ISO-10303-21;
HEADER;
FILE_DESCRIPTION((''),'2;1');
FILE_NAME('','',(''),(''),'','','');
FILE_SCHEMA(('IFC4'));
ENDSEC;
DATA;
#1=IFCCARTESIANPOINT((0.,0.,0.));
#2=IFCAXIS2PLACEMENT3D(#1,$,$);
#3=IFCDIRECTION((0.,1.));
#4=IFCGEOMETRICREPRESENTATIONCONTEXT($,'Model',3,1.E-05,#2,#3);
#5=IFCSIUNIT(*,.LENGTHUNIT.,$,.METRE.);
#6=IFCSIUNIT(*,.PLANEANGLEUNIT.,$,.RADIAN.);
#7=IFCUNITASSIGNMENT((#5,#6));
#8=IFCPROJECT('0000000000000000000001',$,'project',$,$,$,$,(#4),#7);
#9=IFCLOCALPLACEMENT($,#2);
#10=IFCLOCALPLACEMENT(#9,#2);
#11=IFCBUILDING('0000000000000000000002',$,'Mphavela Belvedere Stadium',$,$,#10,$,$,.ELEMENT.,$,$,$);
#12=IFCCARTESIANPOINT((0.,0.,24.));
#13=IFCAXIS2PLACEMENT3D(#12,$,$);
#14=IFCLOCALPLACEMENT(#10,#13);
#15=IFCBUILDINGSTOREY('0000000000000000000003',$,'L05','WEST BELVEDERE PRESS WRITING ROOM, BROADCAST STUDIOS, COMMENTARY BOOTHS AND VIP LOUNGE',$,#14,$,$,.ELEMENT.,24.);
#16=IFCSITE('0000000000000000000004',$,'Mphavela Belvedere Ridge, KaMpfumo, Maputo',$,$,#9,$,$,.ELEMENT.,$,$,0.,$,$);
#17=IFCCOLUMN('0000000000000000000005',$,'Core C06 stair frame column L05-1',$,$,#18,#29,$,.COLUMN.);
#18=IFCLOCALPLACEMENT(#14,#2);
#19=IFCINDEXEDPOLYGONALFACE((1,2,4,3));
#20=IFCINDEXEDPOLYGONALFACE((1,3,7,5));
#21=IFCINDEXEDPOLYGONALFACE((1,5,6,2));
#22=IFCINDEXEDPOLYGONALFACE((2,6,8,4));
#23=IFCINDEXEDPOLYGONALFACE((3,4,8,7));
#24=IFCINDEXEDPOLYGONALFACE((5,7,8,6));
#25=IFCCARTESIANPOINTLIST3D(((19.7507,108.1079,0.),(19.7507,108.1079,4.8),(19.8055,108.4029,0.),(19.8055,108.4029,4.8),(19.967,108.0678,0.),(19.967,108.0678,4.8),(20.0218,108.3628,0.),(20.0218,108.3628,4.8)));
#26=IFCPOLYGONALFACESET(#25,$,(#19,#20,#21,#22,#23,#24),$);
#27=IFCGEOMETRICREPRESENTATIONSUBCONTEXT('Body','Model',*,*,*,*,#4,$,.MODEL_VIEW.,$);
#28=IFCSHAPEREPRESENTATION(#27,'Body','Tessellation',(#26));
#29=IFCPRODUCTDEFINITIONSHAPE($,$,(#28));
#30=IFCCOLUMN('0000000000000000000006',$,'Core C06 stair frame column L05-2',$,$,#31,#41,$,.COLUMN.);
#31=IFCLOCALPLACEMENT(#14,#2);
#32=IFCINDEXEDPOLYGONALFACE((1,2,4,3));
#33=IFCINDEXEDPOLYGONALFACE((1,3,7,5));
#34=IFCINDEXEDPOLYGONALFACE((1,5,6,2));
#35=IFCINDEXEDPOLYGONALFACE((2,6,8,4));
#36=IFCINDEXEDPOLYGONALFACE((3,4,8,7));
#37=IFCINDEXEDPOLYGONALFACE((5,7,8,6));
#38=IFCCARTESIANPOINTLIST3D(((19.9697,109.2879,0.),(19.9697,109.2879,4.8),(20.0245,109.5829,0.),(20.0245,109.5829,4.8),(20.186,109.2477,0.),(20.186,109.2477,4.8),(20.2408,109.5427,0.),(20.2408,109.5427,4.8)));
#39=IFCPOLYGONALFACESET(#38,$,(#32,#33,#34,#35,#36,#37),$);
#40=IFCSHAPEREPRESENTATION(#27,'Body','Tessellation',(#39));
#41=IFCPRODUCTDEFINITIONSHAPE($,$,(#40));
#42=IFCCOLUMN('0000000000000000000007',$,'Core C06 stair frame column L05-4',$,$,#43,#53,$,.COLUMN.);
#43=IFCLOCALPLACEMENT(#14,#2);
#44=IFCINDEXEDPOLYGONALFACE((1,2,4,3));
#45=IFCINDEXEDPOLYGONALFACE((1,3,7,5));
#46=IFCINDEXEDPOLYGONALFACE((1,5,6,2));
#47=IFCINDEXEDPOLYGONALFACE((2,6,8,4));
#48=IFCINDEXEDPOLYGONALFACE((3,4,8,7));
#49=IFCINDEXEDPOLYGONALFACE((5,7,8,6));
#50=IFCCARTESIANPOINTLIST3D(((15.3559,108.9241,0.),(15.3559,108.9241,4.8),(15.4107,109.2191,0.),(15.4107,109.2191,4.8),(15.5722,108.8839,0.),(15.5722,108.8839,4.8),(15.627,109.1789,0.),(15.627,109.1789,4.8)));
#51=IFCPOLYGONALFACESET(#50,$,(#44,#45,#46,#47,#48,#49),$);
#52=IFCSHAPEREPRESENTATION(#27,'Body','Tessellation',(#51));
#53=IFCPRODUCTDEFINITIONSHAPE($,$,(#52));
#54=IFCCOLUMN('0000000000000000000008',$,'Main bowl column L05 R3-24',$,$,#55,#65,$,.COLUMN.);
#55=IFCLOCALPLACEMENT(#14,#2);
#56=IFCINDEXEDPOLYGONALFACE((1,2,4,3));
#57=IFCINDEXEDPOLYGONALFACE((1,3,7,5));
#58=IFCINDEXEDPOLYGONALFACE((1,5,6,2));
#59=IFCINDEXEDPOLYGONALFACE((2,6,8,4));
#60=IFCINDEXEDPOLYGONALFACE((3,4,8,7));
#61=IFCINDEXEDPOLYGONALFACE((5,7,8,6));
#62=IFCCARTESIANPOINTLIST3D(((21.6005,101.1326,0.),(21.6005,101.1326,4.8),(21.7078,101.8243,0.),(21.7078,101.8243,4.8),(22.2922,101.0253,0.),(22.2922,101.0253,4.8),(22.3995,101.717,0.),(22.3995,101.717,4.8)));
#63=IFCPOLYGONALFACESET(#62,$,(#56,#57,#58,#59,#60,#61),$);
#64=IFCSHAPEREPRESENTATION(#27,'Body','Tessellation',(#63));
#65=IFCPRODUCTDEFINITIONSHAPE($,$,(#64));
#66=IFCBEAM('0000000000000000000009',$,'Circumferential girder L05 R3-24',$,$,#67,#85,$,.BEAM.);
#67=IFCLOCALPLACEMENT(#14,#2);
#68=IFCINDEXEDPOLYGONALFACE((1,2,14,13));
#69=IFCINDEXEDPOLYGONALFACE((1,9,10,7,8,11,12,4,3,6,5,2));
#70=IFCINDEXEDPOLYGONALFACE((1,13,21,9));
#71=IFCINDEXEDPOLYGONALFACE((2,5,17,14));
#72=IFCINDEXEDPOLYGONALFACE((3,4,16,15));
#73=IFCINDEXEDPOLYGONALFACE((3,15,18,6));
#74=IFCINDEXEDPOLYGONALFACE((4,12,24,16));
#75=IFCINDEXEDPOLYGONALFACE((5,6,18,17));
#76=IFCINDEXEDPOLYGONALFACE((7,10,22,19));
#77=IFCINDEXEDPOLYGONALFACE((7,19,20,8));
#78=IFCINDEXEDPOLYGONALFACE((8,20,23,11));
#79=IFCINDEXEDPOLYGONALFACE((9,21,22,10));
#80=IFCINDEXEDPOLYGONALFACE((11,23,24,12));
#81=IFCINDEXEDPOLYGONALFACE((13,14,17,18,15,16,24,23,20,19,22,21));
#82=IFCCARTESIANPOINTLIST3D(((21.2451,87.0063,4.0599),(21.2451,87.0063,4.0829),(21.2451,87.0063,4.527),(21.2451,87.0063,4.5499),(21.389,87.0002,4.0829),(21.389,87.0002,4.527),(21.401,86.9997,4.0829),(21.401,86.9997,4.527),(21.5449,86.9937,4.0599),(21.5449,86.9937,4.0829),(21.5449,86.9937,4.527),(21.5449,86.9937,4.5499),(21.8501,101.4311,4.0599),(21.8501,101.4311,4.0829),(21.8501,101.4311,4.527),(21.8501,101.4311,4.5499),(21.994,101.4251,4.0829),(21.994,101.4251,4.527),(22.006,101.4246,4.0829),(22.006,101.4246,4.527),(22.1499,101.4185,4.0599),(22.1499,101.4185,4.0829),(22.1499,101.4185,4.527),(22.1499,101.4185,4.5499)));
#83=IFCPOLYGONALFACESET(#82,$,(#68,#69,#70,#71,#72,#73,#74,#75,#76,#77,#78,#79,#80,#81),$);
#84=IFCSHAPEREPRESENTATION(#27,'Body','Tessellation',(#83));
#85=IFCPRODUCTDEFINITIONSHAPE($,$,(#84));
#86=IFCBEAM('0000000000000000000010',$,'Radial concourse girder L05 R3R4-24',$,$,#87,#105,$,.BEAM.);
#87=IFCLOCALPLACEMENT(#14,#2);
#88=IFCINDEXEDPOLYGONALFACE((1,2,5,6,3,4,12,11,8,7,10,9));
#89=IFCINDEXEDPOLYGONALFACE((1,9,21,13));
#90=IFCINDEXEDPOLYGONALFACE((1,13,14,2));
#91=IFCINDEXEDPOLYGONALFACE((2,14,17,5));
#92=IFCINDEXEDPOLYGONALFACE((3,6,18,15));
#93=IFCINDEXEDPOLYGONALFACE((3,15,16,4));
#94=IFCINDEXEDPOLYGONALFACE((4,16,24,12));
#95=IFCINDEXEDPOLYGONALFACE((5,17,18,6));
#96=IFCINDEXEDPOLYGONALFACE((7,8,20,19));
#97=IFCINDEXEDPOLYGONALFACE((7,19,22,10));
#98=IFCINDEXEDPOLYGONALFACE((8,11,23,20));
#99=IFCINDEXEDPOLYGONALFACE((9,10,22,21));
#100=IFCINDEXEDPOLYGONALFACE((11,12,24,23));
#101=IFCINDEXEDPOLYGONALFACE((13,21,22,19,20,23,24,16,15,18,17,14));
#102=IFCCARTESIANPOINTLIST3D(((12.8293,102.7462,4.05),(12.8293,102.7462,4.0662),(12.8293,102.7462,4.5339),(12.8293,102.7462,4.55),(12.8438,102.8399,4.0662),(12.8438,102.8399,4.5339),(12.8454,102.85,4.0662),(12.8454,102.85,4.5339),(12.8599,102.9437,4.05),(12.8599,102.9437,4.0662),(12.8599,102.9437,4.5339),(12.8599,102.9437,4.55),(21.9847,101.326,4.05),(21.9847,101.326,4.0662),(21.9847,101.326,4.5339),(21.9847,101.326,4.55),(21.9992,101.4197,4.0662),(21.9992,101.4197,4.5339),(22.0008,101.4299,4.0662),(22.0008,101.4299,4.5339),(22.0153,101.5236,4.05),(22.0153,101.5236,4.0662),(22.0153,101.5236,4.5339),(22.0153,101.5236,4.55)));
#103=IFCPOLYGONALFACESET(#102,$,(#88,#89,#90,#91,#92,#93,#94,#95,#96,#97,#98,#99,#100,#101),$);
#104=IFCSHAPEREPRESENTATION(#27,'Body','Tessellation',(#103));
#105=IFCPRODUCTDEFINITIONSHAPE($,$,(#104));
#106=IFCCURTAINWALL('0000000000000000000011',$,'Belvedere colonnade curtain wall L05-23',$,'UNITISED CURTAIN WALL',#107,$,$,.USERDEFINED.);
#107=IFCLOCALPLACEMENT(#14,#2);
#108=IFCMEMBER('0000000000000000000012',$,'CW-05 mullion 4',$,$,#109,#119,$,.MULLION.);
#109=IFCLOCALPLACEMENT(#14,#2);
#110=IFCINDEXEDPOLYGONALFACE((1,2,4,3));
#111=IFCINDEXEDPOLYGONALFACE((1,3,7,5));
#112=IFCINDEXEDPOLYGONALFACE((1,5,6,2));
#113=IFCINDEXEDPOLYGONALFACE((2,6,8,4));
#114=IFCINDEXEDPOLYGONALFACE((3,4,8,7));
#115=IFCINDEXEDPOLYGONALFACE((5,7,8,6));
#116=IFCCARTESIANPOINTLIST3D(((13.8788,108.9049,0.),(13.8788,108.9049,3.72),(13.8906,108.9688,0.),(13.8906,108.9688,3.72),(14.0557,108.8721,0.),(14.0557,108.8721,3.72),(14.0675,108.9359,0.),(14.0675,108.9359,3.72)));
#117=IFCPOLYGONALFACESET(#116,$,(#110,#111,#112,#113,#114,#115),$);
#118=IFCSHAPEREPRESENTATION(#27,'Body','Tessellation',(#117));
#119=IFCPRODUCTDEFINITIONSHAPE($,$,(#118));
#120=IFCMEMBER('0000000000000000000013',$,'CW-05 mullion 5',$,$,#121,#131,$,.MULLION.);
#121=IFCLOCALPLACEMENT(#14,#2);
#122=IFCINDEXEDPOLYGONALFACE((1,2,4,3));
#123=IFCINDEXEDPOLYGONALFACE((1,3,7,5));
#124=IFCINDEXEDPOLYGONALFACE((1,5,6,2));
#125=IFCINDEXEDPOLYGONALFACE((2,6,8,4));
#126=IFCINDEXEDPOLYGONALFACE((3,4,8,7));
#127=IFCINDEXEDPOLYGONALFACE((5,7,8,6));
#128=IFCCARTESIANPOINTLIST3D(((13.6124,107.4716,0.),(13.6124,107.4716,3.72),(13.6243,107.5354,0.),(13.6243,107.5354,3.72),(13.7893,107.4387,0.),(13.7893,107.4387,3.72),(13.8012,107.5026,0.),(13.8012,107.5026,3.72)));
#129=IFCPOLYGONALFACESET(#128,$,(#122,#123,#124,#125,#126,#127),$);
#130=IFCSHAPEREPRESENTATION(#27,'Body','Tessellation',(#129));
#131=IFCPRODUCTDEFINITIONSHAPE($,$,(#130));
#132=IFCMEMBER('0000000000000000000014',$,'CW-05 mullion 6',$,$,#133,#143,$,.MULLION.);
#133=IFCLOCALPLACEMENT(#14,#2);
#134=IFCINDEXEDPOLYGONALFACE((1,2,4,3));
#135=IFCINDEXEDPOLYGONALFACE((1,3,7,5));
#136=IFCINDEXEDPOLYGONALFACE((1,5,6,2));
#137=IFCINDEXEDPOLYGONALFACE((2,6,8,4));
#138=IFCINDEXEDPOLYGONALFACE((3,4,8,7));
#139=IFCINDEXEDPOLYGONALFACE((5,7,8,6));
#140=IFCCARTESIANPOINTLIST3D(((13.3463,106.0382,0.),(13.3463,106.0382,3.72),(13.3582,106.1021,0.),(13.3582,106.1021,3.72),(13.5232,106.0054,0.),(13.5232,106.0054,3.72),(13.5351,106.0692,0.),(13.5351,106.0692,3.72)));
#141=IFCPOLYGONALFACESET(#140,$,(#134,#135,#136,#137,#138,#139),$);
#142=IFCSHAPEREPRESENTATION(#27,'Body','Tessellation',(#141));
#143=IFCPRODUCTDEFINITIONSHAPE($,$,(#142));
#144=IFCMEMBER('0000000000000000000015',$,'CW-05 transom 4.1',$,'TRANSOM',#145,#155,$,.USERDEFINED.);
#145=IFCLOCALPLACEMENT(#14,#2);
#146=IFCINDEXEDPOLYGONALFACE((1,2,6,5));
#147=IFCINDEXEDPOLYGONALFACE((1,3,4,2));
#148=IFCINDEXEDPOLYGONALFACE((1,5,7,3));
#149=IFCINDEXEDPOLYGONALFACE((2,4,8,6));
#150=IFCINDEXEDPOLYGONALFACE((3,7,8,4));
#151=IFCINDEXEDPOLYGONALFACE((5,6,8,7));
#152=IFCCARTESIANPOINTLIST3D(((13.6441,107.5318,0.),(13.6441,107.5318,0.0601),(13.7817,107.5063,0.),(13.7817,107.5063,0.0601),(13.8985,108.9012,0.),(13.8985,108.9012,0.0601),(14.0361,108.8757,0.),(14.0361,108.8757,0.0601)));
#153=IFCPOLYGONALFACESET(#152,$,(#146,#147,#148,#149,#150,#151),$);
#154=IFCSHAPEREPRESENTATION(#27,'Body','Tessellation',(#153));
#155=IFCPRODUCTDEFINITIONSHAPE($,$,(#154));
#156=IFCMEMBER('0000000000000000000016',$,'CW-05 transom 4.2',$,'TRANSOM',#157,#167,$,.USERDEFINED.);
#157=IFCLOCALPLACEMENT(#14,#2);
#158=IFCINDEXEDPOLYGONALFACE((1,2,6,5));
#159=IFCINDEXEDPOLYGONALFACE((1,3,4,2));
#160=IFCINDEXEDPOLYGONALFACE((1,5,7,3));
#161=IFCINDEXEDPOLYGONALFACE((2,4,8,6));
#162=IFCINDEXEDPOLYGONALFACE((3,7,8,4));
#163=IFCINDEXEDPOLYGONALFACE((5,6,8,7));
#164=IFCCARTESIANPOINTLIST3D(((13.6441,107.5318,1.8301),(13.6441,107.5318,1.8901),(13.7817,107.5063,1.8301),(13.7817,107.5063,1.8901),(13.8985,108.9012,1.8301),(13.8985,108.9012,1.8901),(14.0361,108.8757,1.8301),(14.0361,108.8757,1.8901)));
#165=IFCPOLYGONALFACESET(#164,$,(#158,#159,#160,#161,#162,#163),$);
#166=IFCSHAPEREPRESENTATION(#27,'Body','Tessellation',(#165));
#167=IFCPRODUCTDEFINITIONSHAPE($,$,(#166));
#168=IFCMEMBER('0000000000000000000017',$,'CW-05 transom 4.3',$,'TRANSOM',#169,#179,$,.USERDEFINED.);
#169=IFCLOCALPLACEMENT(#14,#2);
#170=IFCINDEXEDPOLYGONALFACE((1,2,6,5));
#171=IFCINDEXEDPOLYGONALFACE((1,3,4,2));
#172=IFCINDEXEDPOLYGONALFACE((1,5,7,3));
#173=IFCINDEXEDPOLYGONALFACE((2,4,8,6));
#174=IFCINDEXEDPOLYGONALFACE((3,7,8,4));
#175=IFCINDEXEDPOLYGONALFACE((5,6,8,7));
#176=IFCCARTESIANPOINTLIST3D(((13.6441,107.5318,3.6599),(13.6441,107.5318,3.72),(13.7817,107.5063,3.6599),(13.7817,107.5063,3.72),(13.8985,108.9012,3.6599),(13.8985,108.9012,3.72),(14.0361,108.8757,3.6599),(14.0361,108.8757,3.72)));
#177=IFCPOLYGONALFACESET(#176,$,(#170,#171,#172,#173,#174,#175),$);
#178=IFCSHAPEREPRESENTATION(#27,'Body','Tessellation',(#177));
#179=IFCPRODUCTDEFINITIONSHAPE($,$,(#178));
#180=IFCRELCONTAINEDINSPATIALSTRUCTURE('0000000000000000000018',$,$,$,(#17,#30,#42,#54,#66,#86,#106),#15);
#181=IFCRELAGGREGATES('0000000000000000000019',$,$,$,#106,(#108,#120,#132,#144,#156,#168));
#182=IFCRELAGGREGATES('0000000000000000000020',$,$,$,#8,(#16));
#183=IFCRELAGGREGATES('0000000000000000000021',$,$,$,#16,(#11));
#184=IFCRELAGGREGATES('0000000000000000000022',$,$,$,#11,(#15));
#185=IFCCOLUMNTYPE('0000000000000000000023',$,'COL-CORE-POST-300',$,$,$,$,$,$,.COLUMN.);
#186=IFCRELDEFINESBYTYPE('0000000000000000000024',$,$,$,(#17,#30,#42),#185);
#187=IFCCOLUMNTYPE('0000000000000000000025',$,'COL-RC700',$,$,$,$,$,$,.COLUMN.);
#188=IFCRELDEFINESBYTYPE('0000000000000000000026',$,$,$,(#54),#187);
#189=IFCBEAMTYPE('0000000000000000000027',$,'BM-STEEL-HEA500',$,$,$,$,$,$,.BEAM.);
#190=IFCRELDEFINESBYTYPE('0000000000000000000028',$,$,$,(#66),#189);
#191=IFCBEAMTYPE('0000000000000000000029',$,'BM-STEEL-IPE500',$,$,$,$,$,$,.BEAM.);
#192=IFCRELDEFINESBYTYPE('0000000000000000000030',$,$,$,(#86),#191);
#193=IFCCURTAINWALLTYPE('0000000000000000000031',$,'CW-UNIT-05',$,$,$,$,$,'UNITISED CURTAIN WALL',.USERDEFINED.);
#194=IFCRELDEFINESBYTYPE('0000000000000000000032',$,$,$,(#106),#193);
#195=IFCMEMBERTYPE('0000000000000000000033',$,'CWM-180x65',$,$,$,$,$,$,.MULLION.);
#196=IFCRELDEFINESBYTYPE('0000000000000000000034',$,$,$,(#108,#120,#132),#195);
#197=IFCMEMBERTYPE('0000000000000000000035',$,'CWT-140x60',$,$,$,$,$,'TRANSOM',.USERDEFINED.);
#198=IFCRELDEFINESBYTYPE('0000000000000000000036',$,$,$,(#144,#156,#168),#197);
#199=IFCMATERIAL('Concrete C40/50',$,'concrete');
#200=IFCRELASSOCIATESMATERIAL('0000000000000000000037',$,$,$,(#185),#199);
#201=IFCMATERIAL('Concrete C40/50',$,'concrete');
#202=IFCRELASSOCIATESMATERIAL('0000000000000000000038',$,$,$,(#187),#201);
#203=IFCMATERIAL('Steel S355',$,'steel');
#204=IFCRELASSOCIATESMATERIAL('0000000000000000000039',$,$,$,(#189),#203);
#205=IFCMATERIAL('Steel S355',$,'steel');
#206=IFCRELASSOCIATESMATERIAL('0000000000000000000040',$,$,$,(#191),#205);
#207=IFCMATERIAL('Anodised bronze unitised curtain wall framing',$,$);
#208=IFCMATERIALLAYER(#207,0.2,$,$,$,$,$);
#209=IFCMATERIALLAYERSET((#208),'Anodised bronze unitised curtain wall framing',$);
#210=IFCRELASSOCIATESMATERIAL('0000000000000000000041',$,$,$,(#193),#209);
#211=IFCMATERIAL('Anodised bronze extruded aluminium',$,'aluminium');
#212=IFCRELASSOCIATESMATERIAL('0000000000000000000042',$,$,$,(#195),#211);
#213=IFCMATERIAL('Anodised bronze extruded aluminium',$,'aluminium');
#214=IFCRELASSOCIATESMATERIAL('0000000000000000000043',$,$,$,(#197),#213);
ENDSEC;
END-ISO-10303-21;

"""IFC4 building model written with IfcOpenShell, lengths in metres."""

from ifc_helpers import new_model, si_unit, direction, frame, origin, origin_2d, place, context, subcontext, project, spatial, rectangle, i_section, extrude, material, layer, layer_set, material_profile, profile_set, type_object, element, aggregate, save


model = new_model("IFC4")

# Units and contexts
model_context = context("Model", 3, precision=1e-05, world=origin(), true_north=direction((0.0, 1.0)))
body_context = subcontext(model_context, "Body", "Model", "MODEL_VIEW")
ifc_project = project(units=[si_unit("LENGTHUNIT", "METRE"), si_unit("PLANEANGLEUNIT", "RADIAN")], contexts=[model_context])

# Site, building, storey
site_placement = place(None, origin())
site = spatial("IfcSite", under=ifc_project, at=site_placement, Name="Mphavela Belvedere Ridge, KaMpfumo, Maputo", CompositionType="ELEMENT", RefElevation=0.0)
building_placement = place(site_placement, origin())
building = spatial("IfcBuilding", under=site, at=building_placement, Name="Mphavela Belvedere Stadium", CompositionType="ELEMENT")
storey_placement = place(building_placement, frame((0.0, 0.0, 24.0)))
storey = spatial("IfcBuildingStorey", under=building, at=storey_placement, Name="L05", Description="WEST BELVEDERE PRESS WRITING ROOM, BROADCAST STUDIOS, COMMENTARY BOOTHS AND VIP LOUNGE", CompositionType="ELEMENT", Elevation=24.0)

# Columns
ifc_material_1 = material(Name="Concrete C40/50", Category="concrete")
ifc_material_profile_1 = material_profile(ifc_material_1, rectangle(XDim=0.3, YDim=0.22, at=origin_2d()), Name="RC 300x220")
ifc_profile_set_1 = profile_set([ifc_material_profile_1], Name="Concrete C40/50")
column_type_1 = type_object("IfcColumnType", Name="COL-CORE-POST-300", PredefinedType="COLUMN", material=ifc_profile_set_1)
for number, where, z_axis, x_axis, name in (
    (1, (19.8862, 108.2354, 0.0), (0.0, 0.0, 1.0), (0.182579, 0.983191, 0.0), "Core C06 stair frame column L05-1"),
    (2, (20.1052, 109.4153, 0.0), (0.0, 0.0, 1.0), (0.182579, 0.983191, 0.0), "Core C06 stair frame column L05-2"),
    (3, (15.4915, 109.0515, 0.0), (0.0, 0.0, 1.0), (0.182579, 0.983191, 0.0), "Core C06 stair frame column L05-4"),
):
    element("IfcColumn", number, at=place(storey_placement, frame(where, z_axis=z_axis, x_axis=x_axis)), inside=storey, type_object=column_type_1, Name=name, PredefinedType="COLUMN", context=body_context, shape_type="SweptSolid", body=[
        extrude(rectangle(XDim=0.3, YDim=0.22, at=origin_2d()), origin(), (0.0, 0.0, 1.0), 4.8),
    ])
ifc_material_2 = material(Name="Concrete C40/50", Category="concrete")
ifc_material_profile_2 = material_profile(ifc_material_2, rectangle(XDim=0.7, YDim=0.7, at=origin_2d()), Name="RC 700x700")
ifc_profile_set_2 = profile_set([ifc_material_profile_2], Name="Concrete C40/50")
column_type_2 = type_object("IfcColumnType", Name="COL-RC700", PredefinedType="COLUMN", material=ifc_profile_set_2)
column_placement = place(storey_placement, frame((22.0, 101.4248, 0.0), z_axis=(0.0, 0.0, 1.0), x_axis=(-0.988175, 0.153331, 0.0)))
element("IfcColumn", 4, at=column_placement, inside=storey, type_object=column_type_2, Name="Main bowl column L05 R3-24", PredefinedType="COLUMN", context=body_context, shape_type="SweptSolid", body=[
    extrude(rectangle(XDim=0.7, YDim=0.7, at=origin_2d()), origin(), (0.0, 0.0, 1.0), 4.8),
])

# Beams
ifc_material_3 = material(Name="Steel S355", Category="steel")
ifc_material_profile_3 = material_profile(ifc_material_3, i_section(OverallWidth=0.3, OverallDepth=0.49, WebThickness=0.012, FlangeThickness=0.0229, at=origin_2d()), Name="HEA 500")
ifc_profile_set_3 = profile_set([ifc_material_profile_3], Name="Steel S355")
beam_type_1 = type_object("IfcBeamType", Name="BM-STEEL-HEA500", PredefinedType="BEAM", material=ifc_profile_set_3)
beam_1_placement = place(storey_placement, frame((22.0, 101.4248, 4.3049), z_axis=(-0.041903, -0.999122, 0.0), x_axis=(0.999122, -0.041903, 0.0)))
element("IfcBeam", 5, at=beam_1_placement, inside=storey, type_object=beam_type_1, Name="Circumferential girder L05 R3-24", PredefinedType="BEAM", context=body_context, shape_type="SweptSolid", body=[
    extrude(i_section(OverallWidth=0.3, OverallDepth=0.49, WebThickness=0.012, FlangeThickness=0.0229, at=origin_2d()), origin(), (0.0, 0.0, 1.0), 14.4375),
])
ifc_material_4 = material(Name="Steel S355", Category="steel")
ifc_material_profile_4 = material_profile(ifc_material_4, i_section(OverallWidth=0.2, OverallDepth=0.5, WebThickness=0.0103, FlangeThickness=0.0161, at=origin_2d()), Name="IPE 500")
ifc_profile_set_4 = profile_set([ifc_material_profile_4], Name="Steel S355")
beam_type_2 = type_object("IfcBeamType", Name="BM-STEEL-IPE500", PredefinedType="BEAM", material=ifc_profile_set_4)
beam_2_placement = place(storey_placement, frame((22.0, 101.4248, 4.3), z_axis=(-0.988182, 0.153283, 0.0), x_axis=(-0.153283, -0.988182, 0.0)))
element("IfcBeam", 6, at=beam_2_placement, inside=storey, type_object=beam_type_2, Name="Radial concourse girder L05 R3R4-24", PredefinedType="BEAM", context=body_context, shape_type="SweptSolid", body=[
    extrude(i_section(OverallWidth=0.2, OverallDepth=0.5, WebThickness=0.0103, FlangeThickness=0.0161, at=origin_2d()), origin(), (0.0, 0.0, 1.0), 9.2649),
])

# Curtain wall, members
ifc_material_5 = material(Name="Anodised bronze unitised curtain wall framing")
ifc_layer_1 = layer(ifc_material_5, 0.2)
ifc_layer_set_1 = layer_set([ifc_layer_1], Name="Anodised bronze unitised curtain wall framing")
curtain_wall_type = type_object("IfcCurtainWallType", Name="CW-UNIT-05", ElementType="UNITISED CURTAIN WALL", PredefinedType="USERDEFINED", material=ifc_layer_set_1)
curtain_wall_placement = place(storey_placement, origin())
curtain_wall = element("IfcCurtainWall", 7, at=curtain_wall_placement, inside=storey, type_object=curtain_wall_type, Name="Belvedere colonnade curtain wall L05-23", ObjectType="UNITISED CURTAIN WALL", PredefinedType="USERDEFINED")
ifc_material_6 = material(Name="Anodised bronze extruded aluminium", Category="aluminium")
ifc_material_profile_5 = material_profile(ifc_material_6, rectangle(XDim=0.1799, YDim=0.0649, at=origin_2d()), Name="CW-MUL 180x65")
ifc_profile_set_5 = profile_set([ifc_material_profile_5], Name="Anodised bronze extruded aluminium")
member_type_1 = type_object("IfcMemberType", Name="CWM-180x65", PredefinedType="MULLION", material=ifc_profile_set_5)
member_1_placement = place(storey_placement, frame((13.9731, 108.9204, 0.0), z_axis=(0.0, 0.0, 1.0), x_axis=(0.983184, -0.182618, 0.0)))
member_1 = element("IfcMember", 8, at=member_1_placement, type_object=member_type_1, Name="CW-05 mullion 4", PredefinedType="MULLION", context=body_context, shape_type="SweptSolid", body=[
    extrude(rectangle(XDim=0.1799, YDim=0.0649, at=origin_2d()), origin(), (0.0, 0.0, 1.0), 3.72),
])
member_2_placement = place(storey_placement, frame((13.7068, 107.4871, 0.0), z_axis=(0.0, 0.0, 1.0), x_axis=(0.983184, -0.182618, 0.0)))
member_2 = element("IfcMember", 9, at=member_2_placement, type_object=member_type_1, Name="CW-05 mullion 5", PredefinedType="MULLION", context=body_context, shape_type="SweptSolid", body=[
    extrude(rectangle(XDim=0.1799, YDim=0.0649, at=origin_2d()), origin(), (0.0, 0.0, 1.0), 3.72),
])
member_3_placement = place(storey_placement, frame((13.4407, 106.0537, 0.0), z_axis=(0.0, 0.0, 1.0), x_axis=(0.983184, -0.182618, 0.0)))
member_3 = element("IfcMember", 10, at=member_3_placement, type_object=member_type_1, Name="CW-05 mullion 6", PredefinedType="MULLION", context=body_context, shape_type="SweptSolid", body=[
    extrude(rectangle(XDim=0.1799, YDim=0.0649, at=origin_2d()), origin(), (0.0, 0.0, 1.0), 3.72),
])
ifc_material_7 = material(Name="Anodised bronze extruded aluminium", Category="aluminium")
ifc_material_profile_6 = material_profile(ifc_material_7, rectangle(XDim=0.1399, YDim=0.0601, at=origin_2d()), Name="CW-TRN 140x60")
ifc_profile_set_6 = profile_set([ifc_material_profile_6], Name="Anodised bronze extruded aluminium")
member_type_2 = type_object("IfcMemberType", Name="CWT-140x60", ElementType="TRANSOM", PredefinedType="USERDEFINED", material=ifc_profile_set_6)
member_4_placement = place(storey_placement, frame((13.9673, 108.8884, 0.03), z_axis=(-0.182648, -0.983178, 0.0), x_axis=(0.983178, -0.182648, 0.0)))
member_4 = element("IfcMember", 11, at=member_4_placement, type_object=member_type_2, Name="CW-05 transom 4.1", ObjectType="TRANSOM", PredefinedType="USERDEFINED", context=body_context, shape_type="SweptSolid", body=[
    extrude(rectangle(XDim=0.1399, YDim=0.0601, at=origin_2d()), origin(), (0.0, 0.0, 1.0), 1.3928),
])
member_5_placement = place(storey_placement, frame((13.9673, 108.8884, 1.8601), z_axis=(-0.182648, -0.983178, 0.0), x_axis=(0.983178, -0.182648, 0.0)))
member_5 = element("IfcMember", 12, at=member_5_placement, type_object=member_type_2, Name="CW-05 transom 4.2", ObjectType="TRANSOM", PredefinedType="USERDEFINED", context=body_context, shape_type="SweptSolid", body=[
    extrude(rectangle(XDim=0.1399, YDim=0.0601, at=origin_2d()), origin(), (0.0, 0.0, 1.0), 1.3928),
])
member_6_placement = place(storey_placement, frame((13.9673, 108.8884, 3.6899), z_axis=(-0.182648, -0.983178, 0.0), x_axis=(0.983178, -0.182648, 0.0)))
member_6 = element("IfcMember", 13, at=member_6_placement, type_object=member_type_2, Name="CW-05 transom 4.3", ObjectType="TRANSOM", PredefinedType="USERDEFINED", context=body_context, shape_type="SweptSolid", body=[
    extrude(rectangle(XDim=0.1399, YDim=0.0601, at=origin_2d()), origin(), (0.0, 0.0, 1.0), 1.3928),
])
aggregate(curtain_wall, [member_1, member_2, member_3, member_4, member_5, member_6])

save(model, "model.ifc")
